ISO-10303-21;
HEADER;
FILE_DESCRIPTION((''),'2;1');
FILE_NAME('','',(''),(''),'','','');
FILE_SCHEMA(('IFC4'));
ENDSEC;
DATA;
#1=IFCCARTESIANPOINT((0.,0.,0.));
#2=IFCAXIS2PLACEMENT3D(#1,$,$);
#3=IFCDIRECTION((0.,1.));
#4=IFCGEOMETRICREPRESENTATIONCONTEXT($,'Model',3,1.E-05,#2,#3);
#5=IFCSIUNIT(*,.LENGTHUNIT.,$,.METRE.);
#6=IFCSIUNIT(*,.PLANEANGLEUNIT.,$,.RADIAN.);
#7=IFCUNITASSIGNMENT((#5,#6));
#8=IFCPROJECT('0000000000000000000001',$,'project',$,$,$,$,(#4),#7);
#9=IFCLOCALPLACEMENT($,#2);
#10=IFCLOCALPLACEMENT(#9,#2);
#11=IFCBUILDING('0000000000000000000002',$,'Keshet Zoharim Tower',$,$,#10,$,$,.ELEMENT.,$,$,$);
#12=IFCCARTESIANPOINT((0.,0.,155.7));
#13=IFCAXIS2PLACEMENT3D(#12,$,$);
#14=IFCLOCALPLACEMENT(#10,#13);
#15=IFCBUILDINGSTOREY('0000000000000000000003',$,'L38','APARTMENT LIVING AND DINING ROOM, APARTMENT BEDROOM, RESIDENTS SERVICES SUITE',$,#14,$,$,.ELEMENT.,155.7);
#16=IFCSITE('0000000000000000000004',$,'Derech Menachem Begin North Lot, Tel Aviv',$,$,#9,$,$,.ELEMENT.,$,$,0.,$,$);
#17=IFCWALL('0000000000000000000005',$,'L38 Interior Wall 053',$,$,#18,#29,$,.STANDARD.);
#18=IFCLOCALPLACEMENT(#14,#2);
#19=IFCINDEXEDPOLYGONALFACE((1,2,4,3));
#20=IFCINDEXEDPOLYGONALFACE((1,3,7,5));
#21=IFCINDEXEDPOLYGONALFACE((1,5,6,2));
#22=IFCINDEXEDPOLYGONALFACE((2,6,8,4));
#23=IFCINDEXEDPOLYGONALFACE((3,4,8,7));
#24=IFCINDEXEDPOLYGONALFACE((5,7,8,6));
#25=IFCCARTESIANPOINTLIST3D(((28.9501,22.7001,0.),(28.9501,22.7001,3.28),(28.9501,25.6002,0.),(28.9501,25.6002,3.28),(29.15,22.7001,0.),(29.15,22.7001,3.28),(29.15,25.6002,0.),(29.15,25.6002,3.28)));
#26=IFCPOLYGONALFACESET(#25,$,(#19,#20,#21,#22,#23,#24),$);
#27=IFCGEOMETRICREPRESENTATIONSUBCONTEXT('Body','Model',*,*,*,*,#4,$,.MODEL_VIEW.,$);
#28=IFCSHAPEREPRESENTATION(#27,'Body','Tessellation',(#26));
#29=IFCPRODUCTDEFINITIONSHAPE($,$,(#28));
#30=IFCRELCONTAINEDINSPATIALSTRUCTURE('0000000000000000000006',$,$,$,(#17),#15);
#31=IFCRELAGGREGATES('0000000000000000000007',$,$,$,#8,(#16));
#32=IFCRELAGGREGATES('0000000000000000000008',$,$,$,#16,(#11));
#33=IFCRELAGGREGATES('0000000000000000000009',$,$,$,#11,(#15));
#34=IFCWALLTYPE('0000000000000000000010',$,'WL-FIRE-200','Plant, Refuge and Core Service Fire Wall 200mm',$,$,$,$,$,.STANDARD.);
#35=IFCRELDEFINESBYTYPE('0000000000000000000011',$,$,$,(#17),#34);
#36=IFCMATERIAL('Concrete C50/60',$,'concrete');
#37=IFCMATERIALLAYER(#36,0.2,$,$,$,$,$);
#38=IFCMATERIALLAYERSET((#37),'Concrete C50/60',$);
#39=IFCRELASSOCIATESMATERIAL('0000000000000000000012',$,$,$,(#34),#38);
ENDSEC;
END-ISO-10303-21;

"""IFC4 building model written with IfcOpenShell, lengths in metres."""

from ifc_helpers import new_model, si_unit, direction, frame, frame_2d, origin, place, context, subcontext, project, spatial, rectangle, extrude, material, layer, layer_set, type_object, element, save


model = new_model("IFC4")

# Units and contexts
model_context = context("Model", 3, precision=1e-05, world=origin(), true_north=direction((0.0, 1.0)))
body_context = subcontext(model_context, "Body", "Model", "MODEL_VIEW")
ifc_project = project(units=[si_unit("LENGTHUNIT", "METRE"), si_unit("PLANEANGLEUNIT", "RADIAN")], contexts=[model_context])

# Site, building, storey
site_placement = place(None, origin())
site = spatial("IfcSite", under=ifc_project, at=site_placement, Name="Derech Menachem Begin North Lot, Tel Aviv", CompositionType="ELEMENT", RefElevation=0.0)
building_placement = place(site_placement, origin())
building = spatial("IfcBuilding", under=site, at=building_placement, Name="Keshet Zoharim Tower", CompositionType="ELEMENT")
storey_placement = place(building_placement, frame((0.0, 0.0, 155.7)))
storey = spatial("IfcBuildingStorey", under=building, at=storey_placement, Name="L38", Description="APARTMENT LIVING AND DINING ROOM, APARTMENT BEDROOM, RESIDENTS SERVICES SUITE", CompositionType="ELEMENT", Elevation=155.7)

# Wall
ifc_material_1 = material(Name="Concrete C50/60", Category="concrete")
ifc_layer_1 = layer(ifc_material_1, 0.2)
ifc_layer_set_1 = layer_set([ifc_layer_1], Name="Concrete C50/60")
wall_type_1 = type_object("IfcWallType", Name="WL-FIRE-200", Description="Plant, Refuge and Core Service Fire Wall 200mm", PredefinedType="STANDARD", material=ifc_layer_set_1)
wall_1_placement = place(storey_placement, frame((29.05, 22.7, 0.0), z_axis=(0.0, 0.0, 1.0), x_axis=(0.0, 1.0, 0.0)))
element("IfcWall", 1, at=wall_1_placement, inside=storey, type_object=wall_type_1, Name="L38 Interior Wall 053", PredefinedType="STANDARD", context=body_context, shape_type="SweptSolid", body=[
    extrude(rectangle(XDim=2.9001, YDim=0.2, at=frame_2d((1.4502, 0.0))), origin(), (0.0, 0.0, 1.0), 3.28),
])

save(model, "model.ifc")
